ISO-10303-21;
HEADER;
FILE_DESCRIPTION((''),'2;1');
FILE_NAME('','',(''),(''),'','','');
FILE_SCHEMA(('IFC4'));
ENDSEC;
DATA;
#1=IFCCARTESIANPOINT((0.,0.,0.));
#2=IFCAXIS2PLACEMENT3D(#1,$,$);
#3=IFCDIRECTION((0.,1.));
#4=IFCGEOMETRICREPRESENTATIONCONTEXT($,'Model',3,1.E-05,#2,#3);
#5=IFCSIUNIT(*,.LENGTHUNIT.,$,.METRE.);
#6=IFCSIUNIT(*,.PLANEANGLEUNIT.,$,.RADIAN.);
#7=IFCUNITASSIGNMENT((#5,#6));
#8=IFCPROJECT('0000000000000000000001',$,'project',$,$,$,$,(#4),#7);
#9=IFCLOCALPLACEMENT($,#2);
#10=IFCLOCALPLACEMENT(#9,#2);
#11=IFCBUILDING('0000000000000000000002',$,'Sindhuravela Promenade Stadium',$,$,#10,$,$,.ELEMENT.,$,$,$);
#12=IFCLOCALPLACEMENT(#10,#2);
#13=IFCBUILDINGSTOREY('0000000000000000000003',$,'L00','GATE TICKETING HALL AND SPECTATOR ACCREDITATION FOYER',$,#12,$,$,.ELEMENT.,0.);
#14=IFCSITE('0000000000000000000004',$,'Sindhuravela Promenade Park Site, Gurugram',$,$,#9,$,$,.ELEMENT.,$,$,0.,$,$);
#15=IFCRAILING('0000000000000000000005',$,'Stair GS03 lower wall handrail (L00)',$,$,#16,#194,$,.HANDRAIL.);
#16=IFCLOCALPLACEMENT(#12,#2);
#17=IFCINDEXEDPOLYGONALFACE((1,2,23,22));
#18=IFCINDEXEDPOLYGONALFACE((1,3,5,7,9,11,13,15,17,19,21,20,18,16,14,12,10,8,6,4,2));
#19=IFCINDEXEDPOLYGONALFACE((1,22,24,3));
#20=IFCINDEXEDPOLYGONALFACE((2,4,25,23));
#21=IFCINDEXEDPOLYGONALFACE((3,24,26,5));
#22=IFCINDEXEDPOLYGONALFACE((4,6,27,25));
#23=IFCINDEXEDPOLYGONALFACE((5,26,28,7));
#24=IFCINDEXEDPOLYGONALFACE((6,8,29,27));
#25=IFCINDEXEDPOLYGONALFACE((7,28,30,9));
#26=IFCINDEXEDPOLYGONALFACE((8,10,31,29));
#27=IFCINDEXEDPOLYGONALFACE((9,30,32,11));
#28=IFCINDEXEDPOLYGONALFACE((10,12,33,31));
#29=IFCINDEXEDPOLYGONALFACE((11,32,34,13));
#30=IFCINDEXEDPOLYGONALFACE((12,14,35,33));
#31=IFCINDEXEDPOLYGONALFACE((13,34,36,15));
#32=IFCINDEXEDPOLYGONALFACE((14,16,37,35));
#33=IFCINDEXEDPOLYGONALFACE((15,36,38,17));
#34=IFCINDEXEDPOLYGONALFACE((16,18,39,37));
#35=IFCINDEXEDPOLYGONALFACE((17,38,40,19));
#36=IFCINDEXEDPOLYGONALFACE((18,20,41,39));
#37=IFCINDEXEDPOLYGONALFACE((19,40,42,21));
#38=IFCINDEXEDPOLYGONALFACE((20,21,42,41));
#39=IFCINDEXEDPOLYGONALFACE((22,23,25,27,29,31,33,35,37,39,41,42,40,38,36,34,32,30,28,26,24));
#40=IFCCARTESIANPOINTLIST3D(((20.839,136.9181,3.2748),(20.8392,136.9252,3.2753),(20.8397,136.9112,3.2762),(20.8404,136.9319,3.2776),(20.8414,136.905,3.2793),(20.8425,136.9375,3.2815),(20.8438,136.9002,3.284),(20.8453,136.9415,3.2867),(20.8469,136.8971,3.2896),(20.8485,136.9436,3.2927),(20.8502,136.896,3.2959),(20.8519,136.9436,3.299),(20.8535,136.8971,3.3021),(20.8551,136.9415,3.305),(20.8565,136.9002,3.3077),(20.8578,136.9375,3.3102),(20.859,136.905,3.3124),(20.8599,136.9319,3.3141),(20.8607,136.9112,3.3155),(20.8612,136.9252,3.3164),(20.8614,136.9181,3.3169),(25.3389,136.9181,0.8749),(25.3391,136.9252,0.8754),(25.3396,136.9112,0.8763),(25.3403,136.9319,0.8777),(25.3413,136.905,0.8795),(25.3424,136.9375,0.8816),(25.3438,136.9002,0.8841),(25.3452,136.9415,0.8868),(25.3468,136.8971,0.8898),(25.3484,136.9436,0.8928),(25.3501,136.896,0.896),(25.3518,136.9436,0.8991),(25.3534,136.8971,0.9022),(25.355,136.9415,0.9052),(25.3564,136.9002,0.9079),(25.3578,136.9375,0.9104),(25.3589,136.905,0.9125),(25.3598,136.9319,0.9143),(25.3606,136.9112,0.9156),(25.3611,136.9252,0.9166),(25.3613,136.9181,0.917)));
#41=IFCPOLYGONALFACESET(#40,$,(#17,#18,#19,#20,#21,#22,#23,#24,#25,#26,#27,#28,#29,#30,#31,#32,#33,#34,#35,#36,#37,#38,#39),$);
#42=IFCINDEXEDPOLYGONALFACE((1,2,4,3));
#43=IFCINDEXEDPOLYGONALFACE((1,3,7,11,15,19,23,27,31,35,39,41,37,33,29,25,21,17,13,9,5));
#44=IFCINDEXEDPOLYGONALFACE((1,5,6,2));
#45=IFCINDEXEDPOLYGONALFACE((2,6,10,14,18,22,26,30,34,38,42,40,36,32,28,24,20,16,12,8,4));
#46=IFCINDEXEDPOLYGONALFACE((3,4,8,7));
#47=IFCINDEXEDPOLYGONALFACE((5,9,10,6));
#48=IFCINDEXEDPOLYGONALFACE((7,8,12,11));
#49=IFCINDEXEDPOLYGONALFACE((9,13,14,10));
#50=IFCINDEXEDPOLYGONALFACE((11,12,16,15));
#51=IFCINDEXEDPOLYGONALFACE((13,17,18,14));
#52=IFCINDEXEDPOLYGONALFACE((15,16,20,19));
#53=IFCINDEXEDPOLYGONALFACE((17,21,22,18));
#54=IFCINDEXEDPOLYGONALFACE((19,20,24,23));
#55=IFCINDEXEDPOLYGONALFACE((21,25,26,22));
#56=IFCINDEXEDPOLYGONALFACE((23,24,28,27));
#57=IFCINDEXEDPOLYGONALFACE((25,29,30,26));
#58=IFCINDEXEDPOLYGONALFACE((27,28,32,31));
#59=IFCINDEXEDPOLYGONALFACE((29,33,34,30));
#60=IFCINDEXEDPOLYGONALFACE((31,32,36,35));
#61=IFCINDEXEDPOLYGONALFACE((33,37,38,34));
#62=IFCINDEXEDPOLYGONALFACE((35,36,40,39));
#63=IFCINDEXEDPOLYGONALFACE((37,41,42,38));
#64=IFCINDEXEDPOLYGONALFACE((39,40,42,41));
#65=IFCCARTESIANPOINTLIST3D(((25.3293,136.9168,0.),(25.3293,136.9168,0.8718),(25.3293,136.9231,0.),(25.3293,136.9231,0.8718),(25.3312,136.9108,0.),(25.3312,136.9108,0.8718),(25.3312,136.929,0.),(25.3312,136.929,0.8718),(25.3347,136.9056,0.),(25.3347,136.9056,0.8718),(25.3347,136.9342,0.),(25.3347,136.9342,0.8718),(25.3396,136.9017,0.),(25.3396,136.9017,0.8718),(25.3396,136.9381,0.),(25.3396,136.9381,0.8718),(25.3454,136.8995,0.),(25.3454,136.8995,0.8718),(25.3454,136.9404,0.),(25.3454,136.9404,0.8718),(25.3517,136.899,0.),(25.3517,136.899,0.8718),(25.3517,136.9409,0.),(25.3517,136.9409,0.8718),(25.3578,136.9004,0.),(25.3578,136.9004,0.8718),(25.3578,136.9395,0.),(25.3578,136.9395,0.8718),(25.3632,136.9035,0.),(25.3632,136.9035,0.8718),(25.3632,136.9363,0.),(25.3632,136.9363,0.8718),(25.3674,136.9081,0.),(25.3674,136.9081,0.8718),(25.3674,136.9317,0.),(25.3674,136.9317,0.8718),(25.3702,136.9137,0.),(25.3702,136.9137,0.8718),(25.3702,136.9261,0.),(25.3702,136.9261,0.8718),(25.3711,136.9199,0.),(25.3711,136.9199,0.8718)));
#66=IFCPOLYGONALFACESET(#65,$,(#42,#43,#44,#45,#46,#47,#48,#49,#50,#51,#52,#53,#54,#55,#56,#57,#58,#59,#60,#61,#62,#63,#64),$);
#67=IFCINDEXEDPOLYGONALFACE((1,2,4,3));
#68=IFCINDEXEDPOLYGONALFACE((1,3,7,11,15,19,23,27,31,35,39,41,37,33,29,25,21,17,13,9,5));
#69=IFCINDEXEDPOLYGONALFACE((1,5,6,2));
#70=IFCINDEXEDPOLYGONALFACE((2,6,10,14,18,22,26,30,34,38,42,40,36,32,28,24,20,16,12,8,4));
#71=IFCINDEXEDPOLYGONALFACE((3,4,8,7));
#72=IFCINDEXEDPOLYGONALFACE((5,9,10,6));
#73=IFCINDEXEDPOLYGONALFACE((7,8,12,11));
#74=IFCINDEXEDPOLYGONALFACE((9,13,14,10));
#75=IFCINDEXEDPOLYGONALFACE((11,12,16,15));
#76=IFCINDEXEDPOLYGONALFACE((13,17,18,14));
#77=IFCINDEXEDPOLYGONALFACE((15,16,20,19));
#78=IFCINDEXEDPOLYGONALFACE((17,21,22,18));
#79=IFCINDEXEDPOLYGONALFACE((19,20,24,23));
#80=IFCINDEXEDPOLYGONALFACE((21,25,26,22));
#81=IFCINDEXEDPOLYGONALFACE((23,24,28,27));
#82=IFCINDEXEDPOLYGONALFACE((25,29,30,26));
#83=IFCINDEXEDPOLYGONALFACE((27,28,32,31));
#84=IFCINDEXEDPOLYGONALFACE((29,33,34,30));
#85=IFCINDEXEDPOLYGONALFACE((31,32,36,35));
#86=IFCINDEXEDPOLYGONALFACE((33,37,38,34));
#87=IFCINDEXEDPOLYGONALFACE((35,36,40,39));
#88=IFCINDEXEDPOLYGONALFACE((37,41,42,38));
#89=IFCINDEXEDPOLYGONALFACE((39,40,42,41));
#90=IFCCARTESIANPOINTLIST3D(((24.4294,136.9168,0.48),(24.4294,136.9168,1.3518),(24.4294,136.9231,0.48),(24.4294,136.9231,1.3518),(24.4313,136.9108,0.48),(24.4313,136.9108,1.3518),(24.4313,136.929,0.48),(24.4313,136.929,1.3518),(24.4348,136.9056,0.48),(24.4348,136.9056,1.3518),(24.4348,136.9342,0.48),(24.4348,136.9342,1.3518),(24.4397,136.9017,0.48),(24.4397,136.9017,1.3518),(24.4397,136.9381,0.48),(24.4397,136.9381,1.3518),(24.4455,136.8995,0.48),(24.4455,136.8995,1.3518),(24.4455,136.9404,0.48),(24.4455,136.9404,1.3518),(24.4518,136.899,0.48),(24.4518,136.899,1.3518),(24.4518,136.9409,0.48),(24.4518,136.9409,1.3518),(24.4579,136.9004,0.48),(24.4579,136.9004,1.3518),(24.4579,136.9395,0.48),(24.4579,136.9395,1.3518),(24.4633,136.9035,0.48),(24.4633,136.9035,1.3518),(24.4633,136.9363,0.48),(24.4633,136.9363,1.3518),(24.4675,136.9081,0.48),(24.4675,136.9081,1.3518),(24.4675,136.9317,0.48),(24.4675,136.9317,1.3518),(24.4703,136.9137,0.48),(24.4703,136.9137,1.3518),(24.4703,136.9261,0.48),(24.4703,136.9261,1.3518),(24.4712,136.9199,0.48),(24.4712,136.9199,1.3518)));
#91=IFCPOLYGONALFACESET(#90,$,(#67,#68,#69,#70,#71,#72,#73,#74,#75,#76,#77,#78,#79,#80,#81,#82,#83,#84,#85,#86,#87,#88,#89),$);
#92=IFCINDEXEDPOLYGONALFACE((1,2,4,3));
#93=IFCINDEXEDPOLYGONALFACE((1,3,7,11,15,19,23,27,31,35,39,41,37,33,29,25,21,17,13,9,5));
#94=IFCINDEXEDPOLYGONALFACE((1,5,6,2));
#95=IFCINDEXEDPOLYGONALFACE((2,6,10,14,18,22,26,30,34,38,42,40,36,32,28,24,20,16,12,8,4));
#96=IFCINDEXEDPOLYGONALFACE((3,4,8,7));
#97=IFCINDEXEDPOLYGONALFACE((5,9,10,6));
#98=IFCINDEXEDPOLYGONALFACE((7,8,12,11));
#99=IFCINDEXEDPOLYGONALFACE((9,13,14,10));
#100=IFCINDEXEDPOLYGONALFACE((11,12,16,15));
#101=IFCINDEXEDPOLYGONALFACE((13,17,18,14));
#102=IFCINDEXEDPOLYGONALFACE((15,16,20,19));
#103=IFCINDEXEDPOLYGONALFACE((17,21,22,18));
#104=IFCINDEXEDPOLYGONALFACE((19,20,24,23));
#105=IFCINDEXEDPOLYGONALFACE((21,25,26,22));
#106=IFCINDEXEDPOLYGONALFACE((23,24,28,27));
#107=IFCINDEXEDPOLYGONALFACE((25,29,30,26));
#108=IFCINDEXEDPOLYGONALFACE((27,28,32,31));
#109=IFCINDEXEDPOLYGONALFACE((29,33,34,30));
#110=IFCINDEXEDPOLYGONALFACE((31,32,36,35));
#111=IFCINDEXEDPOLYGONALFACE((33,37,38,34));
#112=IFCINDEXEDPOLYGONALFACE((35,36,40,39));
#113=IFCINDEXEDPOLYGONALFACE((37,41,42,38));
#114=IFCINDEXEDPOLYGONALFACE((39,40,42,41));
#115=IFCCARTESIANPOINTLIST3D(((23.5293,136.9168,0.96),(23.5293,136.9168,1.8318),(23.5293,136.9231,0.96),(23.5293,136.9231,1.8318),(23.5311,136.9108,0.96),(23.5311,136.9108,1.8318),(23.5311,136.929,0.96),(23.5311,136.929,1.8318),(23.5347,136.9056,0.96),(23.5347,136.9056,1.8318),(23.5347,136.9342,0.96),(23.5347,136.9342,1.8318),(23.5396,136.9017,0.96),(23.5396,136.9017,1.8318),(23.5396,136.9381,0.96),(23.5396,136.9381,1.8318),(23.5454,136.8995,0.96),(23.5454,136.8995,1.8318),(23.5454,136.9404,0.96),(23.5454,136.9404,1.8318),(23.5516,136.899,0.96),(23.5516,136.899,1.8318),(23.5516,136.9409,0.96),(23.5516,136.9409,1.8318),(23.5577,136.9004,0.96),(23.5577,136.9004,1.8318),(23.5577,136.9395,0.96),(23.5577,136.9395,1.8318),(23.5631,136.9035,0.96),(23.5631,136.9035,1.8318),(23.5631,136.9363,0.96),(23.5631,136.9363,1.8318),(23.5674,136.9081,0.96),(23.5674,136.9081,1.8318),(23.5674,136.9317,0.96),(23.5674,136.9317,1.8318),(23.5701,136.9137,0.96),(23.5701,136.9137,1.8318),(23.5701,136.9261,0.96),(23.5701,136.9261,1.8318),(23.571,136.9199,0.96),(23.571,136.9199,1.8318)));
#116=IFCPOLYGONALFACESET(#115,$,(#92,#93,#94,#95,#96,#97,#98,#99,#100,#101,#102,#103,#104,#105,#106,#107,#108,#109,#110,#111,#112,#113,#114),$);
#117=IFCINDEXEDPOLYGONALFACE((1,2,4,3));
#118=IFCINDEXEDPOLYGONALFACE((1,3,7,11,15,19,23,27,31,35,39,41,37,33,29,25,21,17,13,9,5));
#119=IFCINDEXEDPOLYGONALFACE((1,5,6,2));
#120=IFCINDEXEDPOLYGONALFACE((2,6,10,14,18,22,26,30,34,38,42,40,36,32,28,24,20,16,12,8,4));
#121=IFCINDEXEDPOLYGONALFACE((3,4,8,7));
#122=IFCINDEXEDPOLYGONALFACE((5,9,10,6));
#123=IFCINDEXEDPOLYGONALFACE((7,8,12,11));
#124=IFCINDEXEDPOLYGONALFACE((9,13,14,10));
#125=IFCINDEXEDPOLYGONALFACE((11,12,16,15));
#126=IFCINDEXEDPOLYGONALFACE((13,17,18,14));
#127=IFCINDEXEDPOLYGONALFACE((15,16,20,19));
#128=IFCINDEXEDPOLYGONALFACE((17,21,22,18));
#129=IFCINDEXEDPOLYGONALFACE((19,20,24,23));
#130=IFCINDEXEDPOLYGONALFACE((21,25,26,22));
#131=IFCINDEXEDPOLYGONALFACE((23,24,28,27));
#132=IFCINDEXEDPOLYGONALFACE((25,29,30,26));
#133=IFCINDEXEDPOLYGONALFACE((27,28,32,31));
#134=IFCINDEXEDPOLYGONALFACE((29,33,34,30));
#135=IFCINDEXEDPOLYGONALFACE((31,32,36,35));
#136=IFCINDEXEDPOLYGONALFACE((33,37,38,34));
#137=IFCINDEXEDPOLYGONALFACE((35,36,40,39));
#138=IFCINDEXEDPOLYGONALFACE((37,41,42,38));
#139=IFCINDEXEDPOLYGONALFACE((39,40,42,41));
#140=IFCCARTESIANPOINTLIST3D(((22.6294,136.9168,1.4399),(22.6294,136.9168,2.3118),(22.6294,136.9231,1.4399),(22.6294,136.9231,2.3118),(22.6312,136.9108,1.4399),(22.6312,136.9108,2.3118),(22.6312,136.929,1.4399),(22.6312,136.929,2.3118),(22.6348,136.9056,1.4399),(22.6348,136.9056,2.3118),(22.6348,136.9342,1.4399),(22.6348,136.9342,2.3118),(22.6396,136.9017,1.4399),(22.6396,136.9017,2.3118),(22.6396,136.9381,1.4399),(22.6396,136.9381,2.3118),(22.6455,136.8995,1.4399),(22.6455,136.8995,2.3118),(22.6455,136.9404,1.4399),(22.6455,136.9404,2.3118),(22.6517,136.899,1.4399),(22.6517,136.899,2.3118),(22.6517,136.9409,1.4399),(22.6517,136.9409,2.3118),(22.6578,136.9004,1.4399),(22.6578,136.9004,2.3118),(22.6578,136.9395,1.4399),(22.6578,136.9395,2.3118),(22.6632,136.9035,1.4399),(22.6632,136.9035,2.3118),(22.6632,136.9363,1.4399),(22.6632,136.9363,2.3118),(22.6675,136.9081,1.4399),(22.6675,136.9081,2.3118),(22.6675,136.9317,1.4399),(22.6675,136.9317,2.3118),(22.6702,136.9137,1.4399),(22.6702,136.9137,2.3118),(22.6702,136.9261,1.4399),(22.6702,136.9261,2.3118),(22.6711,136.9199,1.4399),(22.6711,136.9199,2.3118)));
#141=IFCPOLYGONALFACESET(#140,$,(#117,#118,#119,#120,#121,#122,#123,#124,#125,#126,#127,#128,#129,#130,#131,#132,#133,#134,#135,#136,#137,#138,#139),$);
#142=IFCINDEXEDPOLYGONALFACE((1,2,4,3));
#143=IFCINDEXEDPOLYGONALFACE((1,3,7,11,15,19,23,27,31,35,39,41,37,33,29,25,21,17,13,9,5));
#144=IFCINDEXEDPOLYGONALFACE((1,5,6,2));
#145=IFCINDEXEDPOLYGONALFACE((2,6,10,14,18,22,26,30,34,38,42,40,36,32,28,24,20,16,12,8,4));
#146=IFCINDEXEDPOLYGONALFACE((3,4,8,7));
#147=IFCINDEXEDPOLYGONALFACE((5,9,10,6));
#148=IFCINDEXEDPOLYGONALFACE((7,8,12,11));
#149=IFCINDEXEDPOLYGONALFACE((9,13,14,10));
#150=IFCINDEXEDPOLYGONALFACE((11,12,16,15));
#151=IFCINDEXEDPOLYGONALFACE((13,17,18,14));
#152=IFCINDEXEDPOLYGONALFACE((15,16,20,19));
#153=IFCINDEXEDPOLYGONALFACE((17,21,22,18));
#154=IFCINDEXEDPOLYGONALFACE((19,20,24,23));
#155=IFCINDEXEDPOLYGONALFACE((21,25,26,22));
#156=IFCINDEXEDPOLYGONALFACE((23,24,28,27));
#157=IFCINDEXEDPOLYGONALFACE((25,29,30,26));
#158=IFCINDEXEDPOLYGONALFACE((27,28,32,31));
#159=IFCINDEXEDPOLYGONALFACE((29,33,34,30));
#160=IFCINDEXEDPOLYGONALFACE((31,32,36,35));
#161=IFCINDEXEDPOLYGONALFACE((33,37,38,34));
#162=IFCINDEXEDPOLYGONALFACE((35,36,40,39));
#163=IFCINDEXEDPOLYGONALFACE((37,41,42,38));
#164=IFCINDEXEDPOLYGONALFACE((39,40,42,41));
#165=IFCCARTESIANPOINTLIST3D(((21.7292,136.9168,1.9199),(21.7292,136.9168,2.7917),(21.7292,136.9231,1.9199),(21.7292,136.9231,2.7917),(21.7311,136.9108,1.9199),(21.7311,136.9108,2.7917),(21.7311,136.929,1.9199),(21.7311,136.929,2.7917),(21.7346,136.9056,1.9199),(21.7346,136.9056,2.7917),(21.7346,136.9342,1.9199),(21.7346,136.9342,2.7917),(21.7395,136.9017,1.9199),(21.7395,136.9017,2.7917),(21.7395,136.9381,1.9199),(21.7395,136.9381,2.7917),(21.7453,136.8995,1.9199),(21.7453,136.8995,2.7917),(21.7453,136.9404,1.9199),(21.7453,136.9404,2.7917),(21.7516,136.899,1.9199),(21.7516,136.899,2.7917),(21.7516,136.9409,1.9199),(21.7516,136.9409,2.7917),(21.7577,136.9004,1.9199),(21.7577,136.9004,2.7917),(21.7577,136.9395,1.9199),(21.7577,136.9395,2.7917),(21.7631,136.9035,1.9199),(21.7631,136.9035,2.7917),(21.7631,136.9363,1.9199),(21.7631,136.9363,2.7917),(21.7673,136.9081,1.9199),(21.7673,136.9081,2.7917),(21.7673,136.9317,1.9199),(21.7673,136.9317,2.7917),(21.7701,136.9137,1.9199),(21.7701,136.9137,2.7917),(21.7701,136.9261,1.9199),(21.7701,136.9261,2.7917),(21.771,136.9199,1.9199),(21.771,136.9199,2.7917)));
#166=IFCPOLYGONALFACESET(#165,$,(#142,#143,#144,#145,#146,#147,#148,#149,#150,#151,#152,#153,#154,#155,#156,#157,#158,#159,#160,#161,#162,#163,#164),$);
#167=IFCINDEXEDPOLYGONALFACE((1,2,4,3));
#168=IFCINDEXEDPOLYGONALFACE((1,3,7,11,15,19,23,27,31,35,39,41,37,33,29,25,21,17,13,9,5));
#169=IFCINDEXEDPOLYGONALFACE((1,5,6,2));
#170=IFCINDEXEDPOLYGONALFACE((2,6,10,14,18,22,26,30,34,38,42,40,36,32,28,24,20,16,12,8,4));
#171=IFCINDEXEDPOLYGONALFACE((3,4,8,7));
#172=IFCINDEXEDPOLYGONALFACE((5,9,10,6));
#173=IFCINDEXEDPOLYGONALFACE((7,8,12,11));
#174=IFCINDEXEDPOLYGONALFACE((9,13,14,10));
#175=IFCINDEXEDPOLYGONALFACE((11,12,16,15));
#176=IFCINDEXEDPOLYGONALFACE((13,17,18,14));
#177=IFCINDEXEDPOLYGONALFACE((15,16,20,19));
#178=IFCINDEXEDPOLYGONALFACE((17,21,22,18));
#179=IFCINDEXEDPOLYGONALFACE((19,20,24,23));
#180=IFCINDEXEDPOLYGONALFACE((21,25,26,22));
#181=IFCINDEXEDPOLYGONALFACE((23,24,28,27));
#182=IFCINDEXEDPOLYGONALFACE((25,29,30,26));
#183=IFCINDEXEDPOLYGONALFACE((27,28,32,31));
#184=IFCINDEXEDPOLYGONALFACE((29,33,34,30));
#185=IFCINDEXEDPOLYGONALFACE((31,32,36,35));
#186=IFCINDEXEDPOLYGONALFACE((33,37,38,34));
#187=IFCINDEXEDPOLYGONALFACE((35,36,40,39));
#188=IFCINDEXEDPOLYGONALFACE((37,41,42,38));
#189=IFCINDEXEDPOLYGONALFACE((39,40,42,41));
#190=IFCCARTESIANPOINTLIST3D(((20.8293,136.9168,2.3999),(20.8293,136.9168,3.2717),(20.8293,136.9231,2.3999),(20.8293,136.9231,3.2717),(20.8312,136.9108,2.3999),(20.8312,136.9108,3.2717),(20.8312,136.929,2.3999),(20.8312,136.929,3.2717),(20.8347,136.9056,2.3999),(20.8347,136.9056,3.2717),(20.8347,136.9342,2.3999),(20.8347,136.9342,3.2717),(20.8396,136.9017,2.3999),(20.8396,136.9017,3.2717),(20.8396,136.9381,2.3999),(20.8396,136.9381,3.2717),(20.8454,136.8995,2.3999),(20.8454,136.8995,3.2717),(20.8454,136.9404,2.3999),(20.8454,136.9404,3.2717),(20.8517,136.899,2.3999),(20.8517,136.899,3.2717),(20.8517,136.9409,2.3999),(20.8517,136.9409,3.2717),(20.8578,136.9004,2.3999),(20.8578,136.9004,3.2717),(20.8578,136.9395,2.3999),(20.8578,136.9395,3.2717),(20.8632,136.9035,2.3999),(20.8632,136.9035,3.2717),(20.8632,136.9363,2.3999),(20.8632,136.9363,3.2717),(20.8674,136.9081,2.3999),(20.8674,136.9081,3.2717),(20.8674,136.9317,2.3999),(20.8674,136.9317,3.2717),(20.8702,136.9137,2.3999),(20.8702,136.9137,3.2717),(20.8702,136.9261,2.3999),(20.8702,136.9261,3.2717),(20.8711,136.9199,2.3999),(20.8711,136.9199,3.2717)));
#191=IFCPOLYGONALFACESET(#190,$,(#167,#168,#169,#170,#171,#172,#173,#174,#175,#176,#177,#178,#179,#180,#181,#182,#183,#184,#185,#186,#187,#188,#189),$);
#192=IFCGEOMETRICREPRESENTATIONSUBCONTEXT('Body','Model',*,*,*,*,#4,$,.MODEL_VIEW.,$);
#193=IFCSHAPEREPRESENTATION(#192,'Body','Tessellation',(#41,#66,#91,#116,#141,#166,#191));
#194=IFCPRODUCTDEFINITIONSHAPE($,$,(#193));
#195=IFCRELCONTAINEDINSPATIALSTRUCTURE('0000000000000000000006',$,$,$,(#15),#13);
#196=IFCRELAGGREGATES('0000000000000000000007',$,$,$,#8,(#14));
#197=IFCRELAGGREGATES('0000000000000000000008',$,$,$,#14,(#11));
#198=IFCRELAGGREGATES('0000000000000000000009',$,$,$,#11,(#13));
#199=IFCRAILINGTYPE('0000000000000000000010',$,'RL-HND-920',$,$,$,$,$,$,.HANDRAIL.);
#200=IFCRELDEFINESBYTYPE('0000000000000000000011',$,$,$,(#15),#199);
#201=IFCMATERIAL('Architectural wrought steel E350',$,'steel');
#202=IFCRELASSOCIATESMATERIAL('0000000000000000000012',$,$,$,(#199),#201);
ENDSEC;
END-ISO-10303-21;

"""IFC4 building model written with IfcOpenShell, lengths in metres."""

from ifc_helpers import new_model, si_unit, direction, frame, origin, origin_2d, place, context, subcontext, project, spatial, circle, extrude, material, type_object, element, save


model = new_model("IFC4")

# Units and contexts
model_context = context("Model", 3, precision=1e-05, world=origin(), true_north=direction((0.0, 1.0)))
body_context = subcontext(model_context, "Body", "Model", "MODEL_VIEW")
ifc_project = project(units=[si_unit("LENGTHUNIT", "METRE"), si_unit("PLANEANGLEUNIT", "RADIAN")], contexts=[model_context])

# Site, building, storey
site_placement = place(None, origin())
site = spatial("IfcSite", under=ifc_project, at=site_placement, Name="Sindhuravela Promenade Park Site, Gurugram", CompositionType="ELEMENT", RefElevation=0.0)
building_placement = place(site_placement, origin())
building = spatial("IfcBuilding", under=site, at=building_placement, Name="Sindhuravela Promenade Stadium", CompositionType="ELEMENT")
storey_placement = place(building_placement, origin())
storey = spatial("IfcBuildingStorey", under=building, at=storey_placement, Name="L00", Description="GATE TICKETING HALL AND SPECTATOR ACCREDITATION FOYER", CompositionType="ELEMENT", Elevation=0.0)

# Shared definitions
ifc_material_1 = material(Name="Architectural wrought steel E350", Category="steel")

# Railing
railing_type_1 = type_object("IfcRailingType", Name="RL-HND-920", PredefinedType="HANDRAIL", material=ifc_material_1)
railing_1_placement = place(storey_placement, frame((25.3501, 136.9199, 0.0)))
element("IfcRailing", 1, at=railing_1_placement, inside=storey, type_object=railing_type_1, Name="Stair GS03 lower wall handrail (L00)", PredefinedType="HANDRAIL", context=body_context, shape_type="SweptSolid", body=[
    extrude(circle(Radius=0.0239, at=origin_2d()), frame((0.0, 0.0, 0.896), z_axis=(-0.882361, 0.0, 0.470573), x_axis=(0.0, -1.0, 0.0)), (0.0, 0.0, 1.0), 5.0999),
    extrude(circle(Radius=0.021, at=origin_2d()), origin(), (0.0, 0.0, 1.0), 0.8718),
    extrude(circle(Radius=0.021, at=origin_2d()), frame((-0.8999, 0.0, 0.48)), (0.0, 0.0, 1.0), 0.8718),
    extrude(circle(Radius=0.021, at=origin_2d()), frame((-1.8, 0.0, 0.96)), (0.0, 0.0, 1.0), 0.8718),
    extrude(circle(Radius=0.021, at=origin_2d()), frame((-2.7, 0.0, 1.4399)), (0.0, 0.0, 1.0), 0.8718),
    extrude(circle(Radius=0.021, at=origin_2d()), frame((-3.6001, 0.0, 1.9199)), (0.0, 0.0, 1.0), 0.8718),
    extrude(circle(Radius=0.021, at=origin_2d()), frame((-4.5, 0.0, 2.3999)), (0.0, 0.0, 1.0), 0.8718),
])

save(model, "model.ifc")
